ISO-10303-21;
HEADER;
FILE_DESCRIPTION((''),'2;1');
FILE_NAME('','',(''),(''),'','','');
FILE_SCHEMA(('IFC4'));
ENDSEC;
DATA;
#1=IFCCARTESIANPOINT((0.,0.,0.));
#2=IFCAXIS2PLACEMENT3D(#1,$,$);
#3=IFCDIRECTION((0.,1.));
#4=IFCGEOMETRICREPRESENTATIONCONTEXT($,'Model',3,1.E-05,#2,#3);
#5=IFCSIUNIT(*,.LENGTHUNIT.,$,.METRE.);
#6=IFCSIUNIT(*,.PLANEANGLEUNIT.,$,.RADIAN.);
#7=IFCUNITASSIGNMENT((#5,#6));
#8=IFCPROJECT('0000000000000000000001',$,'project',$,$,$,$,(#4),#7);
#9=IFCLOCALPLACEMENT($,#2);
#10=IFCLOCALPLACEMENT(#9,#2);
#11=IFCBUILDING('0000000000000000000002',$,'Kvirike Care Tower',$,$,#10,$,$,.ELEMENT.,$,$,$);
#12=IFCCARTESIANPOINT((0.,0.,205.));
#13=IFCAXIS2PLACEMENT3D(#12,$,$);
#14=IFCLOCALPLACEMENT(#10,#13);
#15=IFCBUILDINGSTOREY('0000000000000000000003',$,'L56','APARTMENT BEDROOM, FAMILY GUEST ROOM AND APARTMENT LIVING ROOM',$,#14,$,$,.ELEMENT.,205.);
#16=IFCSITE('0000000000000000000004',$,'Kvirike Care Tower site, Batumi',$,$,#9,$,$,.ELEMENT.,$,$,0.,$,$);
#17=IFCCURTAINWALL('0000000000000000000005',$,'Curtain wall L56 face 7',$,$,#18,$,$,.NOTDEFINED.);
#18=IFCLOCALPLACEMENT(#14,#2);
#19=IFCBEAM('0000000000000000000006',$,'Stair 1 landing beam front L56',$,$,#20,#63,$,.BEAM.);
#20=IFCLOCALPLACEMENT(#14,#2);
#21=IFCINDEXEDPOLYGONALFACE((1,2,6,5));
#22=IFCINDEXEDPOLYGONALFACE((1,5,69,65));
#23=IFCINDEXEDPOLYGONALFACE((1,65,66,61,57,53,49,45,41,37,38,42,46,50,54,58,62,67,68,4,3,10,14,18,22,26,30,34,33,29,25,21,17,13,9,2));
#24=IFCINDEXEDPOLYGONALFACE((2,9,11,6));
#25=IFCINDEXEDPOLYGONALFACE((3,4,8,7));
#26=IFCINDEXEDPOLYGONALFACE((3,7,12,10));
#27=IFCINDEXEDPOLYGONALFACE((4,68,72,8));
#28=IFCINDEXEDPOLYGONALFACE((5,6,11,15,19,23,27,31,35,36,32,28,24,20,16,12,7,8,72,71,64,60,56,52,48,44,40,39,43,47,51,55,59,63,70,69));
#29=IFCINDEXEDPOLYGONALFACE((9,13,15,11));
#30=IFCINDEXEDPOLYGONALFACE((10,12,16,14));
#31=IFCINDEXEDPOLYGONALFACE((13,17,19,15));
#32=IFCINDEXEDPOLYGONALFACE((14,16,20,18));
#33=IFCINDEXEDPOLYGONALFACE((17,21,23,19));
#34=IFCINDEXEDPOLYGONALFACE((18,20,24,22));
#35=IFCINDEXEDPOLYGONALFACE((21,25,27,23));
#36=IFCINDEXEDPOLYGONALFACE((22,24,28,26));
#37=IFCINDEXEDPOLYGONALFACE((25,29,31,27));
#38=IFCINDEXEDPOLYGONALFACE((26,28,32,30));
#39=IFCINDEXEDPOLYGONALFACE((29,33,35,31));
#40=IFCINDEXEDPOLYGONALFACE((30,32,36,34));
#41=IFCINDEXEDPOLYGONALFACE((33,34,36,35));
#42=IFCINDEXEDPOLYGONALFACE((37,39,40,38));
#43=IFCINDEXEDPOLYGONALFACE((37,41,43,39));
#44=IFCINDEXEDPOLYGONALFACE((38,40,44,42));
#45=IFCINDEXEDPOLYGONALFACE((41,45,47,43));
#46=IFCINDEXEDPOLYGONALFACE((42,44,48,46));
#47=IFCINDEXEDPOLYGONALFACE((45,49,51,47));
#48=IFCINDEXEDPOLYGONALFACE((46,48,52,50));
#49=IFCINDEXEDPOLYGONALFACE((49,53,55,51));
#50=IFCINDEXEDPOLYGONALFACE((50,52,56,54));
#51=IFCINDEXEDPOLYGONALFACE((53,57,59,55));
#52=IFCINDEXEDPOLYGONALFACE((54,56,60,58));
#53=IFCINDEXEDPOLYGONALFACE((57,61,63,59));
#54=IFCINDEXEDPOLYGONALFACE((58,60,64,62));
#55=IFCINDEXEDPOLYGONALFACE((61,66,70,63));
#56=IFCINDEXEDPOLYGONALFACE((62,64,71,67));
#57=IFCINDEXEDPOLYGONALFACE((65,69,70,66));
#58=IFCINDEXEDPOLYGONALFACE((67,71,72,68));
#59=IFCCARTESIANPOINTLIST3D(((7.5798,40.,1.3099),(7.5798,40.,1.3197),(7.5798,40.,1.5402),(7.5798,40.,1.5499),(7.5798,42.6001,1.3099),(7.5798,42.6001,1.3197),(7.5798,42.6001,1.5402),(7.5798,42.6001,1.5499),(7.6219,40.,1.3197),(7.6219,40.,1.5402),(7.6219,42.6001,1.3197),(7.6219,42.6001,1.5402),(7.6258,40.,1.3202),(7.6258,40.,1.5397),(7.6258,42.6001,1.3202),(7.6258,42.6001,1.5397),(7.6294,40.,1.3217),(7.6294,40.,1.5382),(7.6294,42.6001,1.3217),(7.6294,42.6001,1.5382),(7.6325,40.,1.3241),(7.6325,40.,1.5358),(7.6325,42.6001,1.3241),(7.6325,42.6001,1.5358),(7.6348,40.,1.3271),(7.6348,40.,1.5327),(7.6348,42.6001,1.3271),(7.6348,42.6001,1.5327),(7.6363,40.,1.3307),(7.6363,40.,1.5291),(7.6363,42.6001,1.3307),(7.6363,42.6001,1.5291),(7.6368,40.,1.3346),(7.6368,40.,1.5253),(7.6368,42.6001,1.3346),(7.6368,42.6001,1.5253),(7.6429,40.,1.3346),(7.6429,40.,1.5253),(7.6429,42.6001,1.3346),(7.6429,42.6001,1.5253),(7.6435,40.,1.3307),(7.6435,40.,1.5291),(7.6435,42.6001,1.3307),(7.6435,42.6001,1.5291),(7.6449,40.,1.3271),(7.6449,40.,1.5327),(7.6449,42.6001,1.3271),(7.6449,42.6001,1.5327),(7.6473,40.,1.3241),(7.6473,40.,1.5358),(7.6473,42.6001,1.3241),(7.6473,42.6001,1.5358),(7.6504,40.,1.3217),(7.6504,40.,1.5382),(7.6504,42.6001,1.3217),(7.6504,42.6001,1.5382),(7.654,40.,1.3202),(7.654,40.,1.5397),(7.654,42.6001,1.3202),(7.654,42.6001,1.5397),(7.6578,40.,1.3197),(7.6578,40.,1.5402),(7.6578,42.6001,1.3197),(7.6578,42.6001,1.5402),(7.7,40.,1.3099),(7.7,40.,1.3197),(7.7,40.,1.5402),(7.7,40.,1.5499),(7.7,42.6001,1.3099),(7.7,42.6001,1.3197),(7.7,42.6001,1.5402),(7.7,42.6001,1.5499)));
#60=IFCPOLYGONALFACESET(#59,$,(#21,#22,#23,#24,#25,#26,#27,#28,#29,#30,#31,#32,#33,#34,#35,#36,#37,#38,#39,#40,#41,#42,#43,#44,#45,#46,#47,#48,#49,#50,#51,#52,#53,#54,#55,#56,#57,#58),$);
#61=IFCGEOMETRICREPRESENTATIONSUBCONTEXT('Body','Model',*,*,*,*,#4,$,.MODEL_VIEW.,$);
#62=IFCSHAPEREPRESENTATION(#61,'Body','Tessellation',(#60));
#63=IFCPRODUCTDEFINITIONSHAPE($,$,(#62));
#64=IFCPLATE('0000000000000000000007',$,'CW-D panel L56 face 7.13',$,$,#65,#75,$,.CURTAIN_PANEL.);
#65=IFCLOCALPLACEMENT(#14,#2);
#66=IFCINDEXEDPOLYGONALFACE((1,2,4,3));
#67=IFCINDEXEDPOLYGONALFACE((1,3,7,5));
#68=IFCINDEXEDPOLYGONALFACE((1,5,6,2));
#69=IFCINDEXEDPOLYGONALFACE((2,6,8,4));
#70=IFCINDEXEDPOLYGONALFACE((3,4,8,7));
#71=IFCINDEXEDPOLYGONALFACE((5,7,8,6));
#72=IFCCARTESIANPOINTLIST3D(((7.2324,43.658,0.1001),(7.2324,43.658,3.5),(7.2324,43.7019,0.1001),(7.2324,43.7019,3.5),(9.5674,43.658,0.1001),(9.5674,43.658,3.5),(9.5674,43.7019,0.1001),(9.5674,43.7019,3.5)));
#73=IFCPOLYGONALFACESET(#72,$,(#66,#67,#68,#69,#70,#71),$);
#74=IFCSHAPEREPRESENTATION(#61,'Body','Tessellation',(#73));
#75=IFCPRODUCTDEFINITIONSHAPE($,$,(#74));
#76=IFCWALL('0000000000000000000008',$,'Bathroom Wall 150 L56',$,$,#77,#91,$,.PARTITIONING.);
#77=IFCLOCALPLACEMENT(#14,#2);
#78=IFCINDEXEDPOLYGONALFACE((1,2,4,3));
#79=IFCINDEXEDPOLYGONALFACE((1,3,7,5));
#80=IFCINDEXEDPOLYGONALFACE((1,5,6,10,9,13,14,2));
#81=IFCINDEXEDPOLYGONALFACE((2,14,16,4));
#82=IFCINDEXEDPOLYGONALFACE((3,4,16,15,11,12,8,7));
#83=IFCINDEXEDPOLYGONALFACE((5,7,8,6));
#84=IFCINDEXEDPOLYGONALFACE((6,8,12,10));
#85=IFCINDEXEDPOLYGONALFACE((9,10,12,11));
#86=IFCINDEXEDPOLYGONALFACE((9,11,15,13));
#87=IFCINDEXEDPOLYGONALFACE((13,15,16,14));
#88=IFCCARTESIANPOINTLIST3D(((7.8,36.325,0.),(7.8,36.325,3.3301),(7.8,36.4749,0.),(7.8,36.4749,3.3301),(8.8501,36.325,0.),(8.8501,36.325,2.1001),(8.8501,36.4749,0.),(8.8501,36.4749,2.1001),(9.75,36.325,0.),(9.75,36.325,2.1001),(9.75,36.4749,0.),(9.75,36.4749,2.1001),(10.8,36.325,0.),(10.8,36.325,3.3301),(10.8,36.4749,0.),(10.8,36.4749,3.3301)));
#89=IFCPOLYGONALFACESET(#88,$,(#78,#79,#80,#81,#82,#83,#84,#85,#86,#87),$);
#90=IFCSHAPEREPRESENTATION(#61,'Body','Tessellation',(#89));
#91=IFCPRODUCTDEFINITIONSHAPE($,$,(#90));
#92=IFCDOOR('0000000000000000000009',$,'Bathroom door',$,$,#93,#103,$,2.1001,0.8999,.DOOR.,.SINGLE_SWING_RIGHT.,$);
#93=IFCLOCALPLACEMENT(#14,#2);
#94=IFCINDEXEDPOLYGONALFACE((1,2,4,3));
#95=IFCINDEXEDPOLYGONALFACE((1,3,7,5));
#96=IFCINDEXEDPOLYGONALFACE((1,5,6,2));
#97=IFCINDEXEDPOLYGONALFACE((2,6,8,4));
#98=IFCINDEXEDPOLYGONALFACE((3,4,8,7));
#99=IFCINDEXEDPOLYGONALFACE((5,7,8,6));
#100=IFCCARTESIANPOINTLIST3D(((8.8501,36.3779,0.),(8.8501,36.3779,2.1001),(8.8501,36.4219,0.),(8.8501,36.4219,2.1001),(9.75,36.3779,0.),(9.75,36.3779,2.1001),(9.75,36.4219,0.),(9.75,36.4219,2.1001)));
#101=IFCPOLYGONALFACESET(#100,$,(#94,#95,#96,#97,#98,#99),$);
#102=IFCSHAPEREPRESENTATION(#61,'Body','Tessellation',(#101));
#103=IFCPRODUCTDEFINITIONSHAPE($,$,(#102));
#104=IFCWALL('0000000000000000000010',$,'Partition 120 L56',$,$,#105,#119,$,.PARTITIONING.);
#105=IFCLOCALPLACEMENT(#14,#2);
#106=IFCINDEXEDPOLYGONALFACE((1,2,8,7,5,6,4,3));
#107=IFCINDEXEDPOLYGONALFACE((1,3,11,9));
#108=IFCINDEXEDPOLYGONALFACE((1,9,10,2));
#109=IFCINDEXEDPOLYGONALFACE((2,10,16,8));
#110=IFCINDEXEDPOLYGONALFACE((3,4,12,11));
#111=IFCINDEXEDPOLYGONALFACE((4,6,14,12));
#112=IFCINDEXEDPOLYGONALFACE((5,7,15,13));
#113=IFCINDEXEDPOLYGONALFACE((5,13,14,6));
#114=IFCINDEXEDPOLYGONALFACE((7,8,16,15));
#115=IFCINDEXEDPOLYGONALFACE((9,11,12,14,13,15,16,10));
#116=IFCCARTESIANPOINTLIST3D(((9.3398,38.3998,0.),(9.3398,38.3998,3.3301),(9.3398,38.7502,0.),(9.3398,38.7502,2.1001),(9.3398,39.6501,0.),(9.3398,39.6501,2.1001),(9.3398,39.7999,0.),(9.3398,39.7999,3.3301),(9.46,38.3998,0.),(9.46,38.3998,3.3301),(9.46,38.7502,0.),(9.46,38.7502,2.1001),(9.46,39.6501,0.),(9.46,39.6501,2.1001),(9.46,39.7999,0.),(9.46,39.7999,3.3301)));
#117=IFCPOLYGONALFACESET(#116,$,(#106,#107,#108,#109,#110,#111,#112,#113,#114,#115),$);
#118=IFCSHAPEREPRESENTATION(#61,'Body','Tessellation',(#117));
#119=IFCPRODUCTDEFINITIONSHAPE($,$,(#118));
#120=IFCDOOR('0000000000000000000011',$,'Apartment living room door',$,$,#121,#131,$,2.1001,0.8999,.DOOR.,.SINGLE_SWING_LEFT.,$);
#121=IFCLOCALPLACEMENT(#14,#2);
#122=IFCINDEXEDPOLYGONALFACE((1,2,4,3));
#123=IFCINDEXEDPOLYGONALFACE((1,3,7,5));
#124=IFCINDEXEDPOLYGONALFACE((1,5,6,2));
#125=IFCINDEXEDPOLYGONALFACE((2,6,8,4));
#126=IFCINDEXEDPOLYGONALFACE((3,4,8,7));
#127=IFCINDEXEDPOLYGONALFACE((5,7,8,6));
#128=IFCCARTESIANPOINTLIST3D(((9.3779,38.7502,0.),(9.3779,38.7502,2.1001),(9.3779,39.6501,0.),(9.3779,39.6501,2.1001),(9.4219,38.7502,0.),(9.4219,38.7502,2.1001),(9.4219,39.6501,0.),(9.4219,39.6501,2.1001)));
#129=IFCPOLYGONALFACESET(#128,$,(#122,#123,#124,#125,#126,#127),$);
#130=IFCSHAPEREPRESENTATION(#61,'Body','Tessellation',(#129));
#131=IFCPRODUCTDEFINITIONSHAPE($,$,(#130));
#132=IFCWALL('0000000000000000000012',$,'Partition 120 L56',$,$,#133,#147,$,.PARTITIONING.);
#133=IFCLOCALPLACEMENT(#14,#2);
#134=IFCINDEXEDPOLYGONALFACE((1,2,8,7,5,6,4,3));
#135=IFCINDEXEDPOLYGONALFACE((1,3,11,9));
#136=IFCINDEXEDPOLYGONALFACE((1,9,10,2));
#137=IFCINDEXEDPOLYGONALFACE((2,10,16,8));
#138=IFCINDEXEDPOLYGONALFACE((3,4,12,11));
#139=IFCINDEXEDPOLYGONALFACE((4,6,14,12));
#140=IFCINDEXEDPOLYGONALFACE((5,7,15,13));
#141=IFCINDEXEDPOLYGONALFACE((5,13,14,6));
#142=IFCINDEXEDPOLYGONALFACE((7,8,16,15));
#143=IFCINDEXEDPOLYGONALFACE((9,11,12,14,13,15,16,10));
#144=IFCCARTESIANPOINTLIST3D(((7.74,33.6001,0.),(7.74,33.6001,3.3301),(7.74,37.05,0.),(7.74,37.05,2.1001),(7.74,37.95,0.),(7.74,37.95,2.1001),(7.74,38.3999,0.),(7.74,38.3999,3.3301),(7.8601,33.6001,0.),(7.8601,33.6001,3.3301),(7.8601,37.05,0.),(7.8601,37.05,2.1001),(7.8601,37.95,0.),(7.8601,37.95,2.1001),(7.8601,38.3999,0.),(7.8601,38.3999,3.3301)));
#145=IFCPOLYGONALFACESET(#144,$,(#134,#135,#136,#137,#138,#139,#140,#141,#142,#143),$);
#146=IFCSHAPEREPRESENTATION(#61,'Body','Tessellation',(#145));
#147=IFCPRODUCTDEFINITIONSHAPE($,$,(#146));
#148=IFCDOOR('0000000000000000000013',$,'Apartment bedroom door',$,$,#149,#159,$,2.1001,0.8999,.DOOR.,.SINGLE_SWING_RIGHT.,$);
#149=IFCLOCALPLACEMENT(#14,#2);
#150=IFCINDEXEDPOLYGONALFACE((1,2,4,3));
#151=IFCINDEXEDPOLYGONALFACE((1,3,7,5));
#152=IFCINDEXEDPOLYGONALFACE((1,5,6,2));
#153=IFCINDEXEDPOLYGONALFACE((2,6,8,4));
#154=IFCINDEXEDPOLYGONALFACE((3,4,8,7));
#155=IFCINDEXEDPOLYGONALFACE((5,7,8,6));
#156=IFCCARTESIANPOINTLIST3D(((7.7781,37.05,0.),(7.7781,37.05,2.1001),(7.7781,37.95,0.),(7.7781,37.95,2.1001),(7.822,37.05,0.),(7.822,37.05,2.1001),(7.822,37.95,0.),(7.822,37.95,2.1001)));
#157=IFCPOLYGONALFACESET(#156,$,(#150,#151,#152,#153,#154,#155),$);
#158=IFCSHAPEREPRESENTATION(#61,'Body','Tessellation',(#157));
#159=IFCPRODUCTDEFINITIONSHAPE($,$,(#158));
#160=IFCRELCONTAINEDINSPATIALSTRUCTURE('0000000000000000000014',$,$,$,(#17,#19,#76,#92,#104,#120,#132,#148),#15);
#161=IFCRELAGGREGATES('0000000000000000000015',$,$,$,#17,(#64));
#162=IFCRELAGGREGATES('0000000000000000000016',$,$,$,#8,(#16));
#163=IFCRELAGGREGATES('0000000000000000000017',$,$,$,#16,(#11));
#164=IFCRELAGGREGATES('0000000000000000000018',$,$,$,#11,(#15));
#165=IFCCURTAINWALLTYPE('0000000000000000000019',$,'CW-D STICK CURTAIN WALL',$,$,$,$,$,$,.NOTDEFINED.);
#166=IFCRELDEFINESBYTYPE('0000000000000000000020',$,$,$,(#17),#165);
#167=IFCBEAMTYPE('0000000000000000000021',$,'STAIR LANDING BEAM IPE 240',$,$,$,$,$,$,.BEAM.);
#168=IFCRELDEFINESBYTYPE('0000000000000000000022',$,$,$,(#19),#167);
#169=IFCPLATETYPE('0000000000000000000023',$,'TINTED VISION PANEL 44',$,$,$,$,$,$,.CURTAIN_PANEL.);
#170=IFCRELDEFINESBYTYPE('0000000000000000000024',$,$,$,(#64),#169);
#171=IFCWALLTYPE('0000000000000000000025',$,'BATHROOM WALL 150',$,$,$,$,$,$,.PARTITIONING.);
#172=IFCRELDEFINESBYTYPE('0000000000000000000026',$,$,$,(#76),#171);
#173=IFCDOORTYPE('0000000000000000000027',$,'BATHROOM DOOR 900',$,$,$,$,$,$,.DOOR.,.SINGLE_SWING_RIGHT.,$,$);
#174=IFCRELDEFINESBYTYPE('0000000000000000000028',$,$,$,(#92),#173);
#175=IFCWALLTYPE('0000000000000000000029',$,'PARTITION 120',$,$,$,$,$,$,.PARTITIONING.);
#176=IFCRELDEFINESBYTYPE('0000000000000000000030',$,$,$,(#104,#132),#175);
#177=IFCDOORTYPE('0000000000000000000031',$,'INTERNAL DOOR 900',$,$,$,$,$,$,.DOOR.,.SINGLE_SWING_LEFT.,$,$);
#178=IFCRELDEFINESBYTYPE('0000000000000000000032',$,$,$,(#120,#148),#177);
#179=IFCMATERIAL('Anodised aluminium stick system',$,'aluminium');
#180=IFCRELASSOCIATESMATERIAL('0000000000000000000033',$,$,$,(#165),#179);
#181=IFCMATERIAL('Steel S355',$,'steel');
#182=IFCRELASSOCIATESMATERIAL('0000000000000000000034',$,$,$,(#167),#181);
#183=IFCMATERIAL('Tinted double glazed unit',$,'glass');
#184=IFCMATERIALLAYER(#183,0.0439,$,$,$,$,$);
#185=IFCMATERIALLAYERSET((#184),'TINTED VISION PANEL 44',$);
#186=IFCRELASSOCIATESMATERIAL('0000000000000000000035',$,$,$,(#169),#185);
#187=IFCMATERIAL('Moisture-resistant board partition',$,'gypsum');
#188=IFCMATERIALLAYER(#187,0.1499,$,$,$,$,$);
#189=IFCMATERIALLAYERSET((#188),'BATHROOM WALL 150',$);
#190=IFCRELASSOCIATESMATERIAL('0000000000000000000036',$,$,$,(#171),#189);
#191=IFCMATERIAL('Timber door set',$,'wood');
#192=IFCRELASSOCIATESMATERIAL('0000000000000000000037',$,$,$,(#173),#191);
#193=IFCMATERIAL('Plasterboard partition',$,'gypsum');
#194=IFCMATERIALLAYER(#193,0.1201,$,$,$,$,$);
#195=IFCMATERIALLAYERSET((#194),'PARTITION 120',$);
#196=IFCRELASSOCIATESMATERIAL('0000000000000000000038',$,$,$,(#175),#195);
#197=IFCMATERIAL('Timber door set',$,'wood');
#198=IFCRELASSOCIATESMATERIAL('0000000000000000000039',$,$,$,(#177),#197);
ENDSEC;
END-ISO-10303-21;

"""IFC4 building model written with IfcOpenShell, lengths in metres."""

from ifc_helpers import new_model, si_unit, direction, frame, frame_2d, origin, origin_2d, place, context, subcontext, project, spatial, rectangle, i_section, extrude, material, layer, layer_set, material_profile, profile_set, type_object, element, fill, aggregate, save


model = new_model("IFC4")

# Units and contexts
model_context = context("Model", 3, precision=1e-05, world=origin(), true_north=direction((0.0, 1.0)))
body_context = subcontext(model_context, "Body", "Model", "MODEL_VIEW")
ifc_project = project(units=[si_unit("LENGTHUNIT", "METRE"), si_unit("PLANEANGLEUNIT", "RADIAN")], contexts=[model_context])

# Site, building, storey
site_placement = place(None, origin())
site = spatial("IfcSite", under=ifc_project, at=site_placement, Name="Kvirike Care Tower site, Batumi", CompositionType="ELEMENT", RefElevation=0.0)
building_placement = place(site_placement, origin())
building = spatial("IfcBuilding", under=site, at=building_placement, Name="Kvirike Care Tower", CompositionType="ELEMENT")
storey_placement = place(building_placement, frame((0.0, 0.0, 205.0)))
storey = spatial("IfcBuildingStorey", under=building, at=storey_placement, Name="L56", Description="APARTMENT BEDROOM, FAMILY GUEST ROOM AND APARTMENT LIVING ROOM", CompositionType="ELEMENT", Elevation=205.0)

# Curtain wall
ifc_material_1 = material(Name="Anodised aluminium stick system", Category="aluminium")
curtain_wall_type = type_object("IfcCurtainWallType", Name="CW-D STICK CURTAIN WALL", PredefinedType="NOTDEFINED", material=ifc_material_1)
curtain_wall_placement = place(storey_placement, origin())
curtain_wall = element("IfcCurtainWall", 1, at=curtain_wall_placement, inside=storey, type_object=curtain_wall_type, Name="Curtain wall L56 face 7", PredefinedType="NOTDEFINED")

# Beam
ifc_material_2 = material(Name="Steel S355", Category="steel")
ifc_material_profile_1 = material_profile(ifc_material_2, i_section(OverallWidth=0.1201, OverallDepth=0.24, WebThickness=0.0061, FlangeThickness=0.0098, FilletRadius=0.0149, at=origin_2d()), Name="IPE 240")
ifc_profile_set_1 = profile_set([ifc_material_profile_1], Name="Steel S355")
beam_type_1 = type_object("IfcBeamType", Name="STAIR LANDING BEAM IPE 240", PredefinedType="BEAM", material=ifc_profile_set_1)
beam_1_placement = place(storey_placement, frame((7.6399, 42.6001, 1.4299), z_axis=(0.0, -1.0, 0.0), x_axis=(1.0, 0.0, 0.0)))
element("IfcBeam", 2, at=beam_1_placement, inside=storey, type_object=beam_type_1, Name="Stair 1 landing beam front L56", PredefinedType="BEAM", context=body_context, shape_type="SweptSolid", body=[
    extrude(i_section(OverallWidth=0.1201, OverallDepth=0.24, WebThickness=0.0061, FlangeThickness=0.0098, FilletRadius=0.0149, at=origin_2d()), origin(), (0.0, 0.0, 1.0), 2.6001),
])

# Plate
ifc_material_3 = material(Name="Tinted double glazed unit", Category="glass")
ifc_layer_1 = layer(ifc_material_3, 0.0439)
ifc_layer_set_1 = layer_set([ifc_layer_1], Name="TINTED VISION PANEL 44")
plate_type = type_object("IfcPlateType", Name="TINTED VISION PANEL 44", PredefinedType="CURTAIN_PANEL", material=ifc_layer_set_1)
plate_placement = place(storey_placement, frame((8.3999, 43.6799, 0.1001), z_axis=(0.0, 0.0, 1.0), x_axis=(-1.0, 0.0, 0.0)))
plate = element("IfcPlate", 3, at=plate_placement, type_object=plate_type, Name="CW-D panel L56 face 7.13", PredefinedType="CURTAIN_PANEL", context=body_context, shape_type="SweptSolid", body=[
    extrude(rectangle(XDim=2.335, YDim=0.0439, at=origin_2d()), origin(), (0.0, 0.0, 1.0), 3.3999),
])
aggregate(curtain_wall, [plate])

# Walls, openings, doors
ifc_material_4 = material(Name="Moisture-resistant board partition", Category="gypsum")
ifc_layer_2 = layer(ifc_material_4, 0.1499)
ifc_layer_set_2 = layer_set([ifc_layer_2], Name="BATHROOM WALL 150")
wall_type_1 = type_object("IfcWallType", Name="BATHROOM WALL 150", PredefinedType="PARTITIONING", material=ifc_layer_set_2)
wall_1_placement = place(storey_placement, frame((7.8, 36.3999, 0.0), z_axis=(0.0, 0.0, 1.0), x_axis=(1.0, 0.0, 0.0)))
wall_1 = element("IfcWall", 4, at=wall_1_placement, inside=storey, type_object=wall_type_1, Name="Bathroom Wall 150 L56", PredefinedType="PARTITIONING", context=body_context, shape_type="SweptSolid", body=[
    extrude(rectangle(XDim=3.0, YDim=0.1499, at=frame_2d((1.5, 0.0))), origin(), (0.0, 0.0, 1.0), 3.3301),
])
opening_1_placement = place(wall_1_placement, frame((1.05, 0.0, 0.0)))
opening_1 = element("IfcOpeningElement", 5, at=opening_1_placement, cuts=wall_1, PredefinedType="OPENING", context=body_context, shape_type="SweptSolid", body=[
    extrude(rectangle(XDim=0.8999, YDim=2.1001, at=frame_2d((0.45, 1.05))), frame((0.0, 0.0854, 0.0), z_axis=(0.0, -1.0, 0.0), x_axis=(1.0, 0.0, 0.0)), (0.0, 0.0, 1.0), 0.1709),
])
ifc_material_5 = material(Name="Timber door set", Category="wood")
door_type_1 = type_object("IfcDoorType", Name="BATHROOM DOOR 900", OperationType="SINGLE_SWING_RIGHT", PredefinedType="DOOR", material=ifc_material_5)
door_1_placement = place(opening_1_placement, frame((0.8999, 0.0, 0.0), z_axis=(0.0, 0.0, 1.0), x_axis=(-1.0, 0.0, 0.0)))
door_1 = element("IfcDoor", 6, at=door_1_placement, inside=storey, type_object=door_type_1, Name="Bathroom door", OperationType="SINGLE_SWING_RIGHT", OverallHeight=2.1001, OverallWidth=0.8999, PredefinedType="DOOR", context=body_context, shape_type="SweptSolid", body=[
    extrude(rectangle(XDim=0.8999, YDim=2.1001, at=frame_2d((0.45, 1.05))), frame((0.0, 0.022, 0.0), z_axis=(0.0, -1.0, 0.0), x_axis=(1.0, 0.0, 0.0)), (0.0, 0.0, 1.0), 0.0439),
])
fill(opening_1, door_1)
ifc_material_6 = material(Name="Plasterboard partition", Category="gypsum")
ifc_layer_3 = layer(ifc_material_6, 0.1201)
ifc_layer_set_3 = layer_set([ifc_layer_3], Name="PARTITION 120")
wall_type_2 = type_object("IfcWallType", Name="PARTITION 120", PredefinedType="PARTITIONING", material=ifc_layer_set_3)
wall_2_placement = place(storey_placement, frame((9.3999, 39.8, 0.0), z_axis=(0.0, 0.0, 1.0), x_axis=(0.0, -1.0, 0.0)))
wall_2 = element("IfcWall", 7, at=wall_2_placement, inside=storey, type_object=wall_type_2, Name="Partition 120 L56", PredefinedType="PARTITIONING", context=body_context, shape_type="SweptSolid", body=[
    extrude(rectangle(XDim=1.4001, YDim=0.1201, at=frame_2d((0.7002, 0.0))), origin(), (0.0, 0.0, 1.0), 3.3301),
])
opening_2_placement = place(wall_2_placement, frame((0.1499, 0.0, 0.0)))
opening_2 = element("IfcOpeningElement", 8, at=opening_2_placement, cuts=wall_2, PredefinedType="OPENING", context=body_context, shape_type="SweptSolid", body=[
    extrude(rectangle(XDim=0.8999, YDim=2.1001, at=frame_2d((0.45, 1.05))), frame((0.0, 0.0706, 0.0), z_axis=(0.0, -1.0, 0.0), x_axis=(1.0, 0.0, 0.0)), (0.0, 0.0, 1.0), 0.1411),
])
ifc_material_7 = material(Name="Timber door set", Category="wood")
door_type_2 = type_object("IfcDoorType", Name="INTERNAL DOOR 900", OperationType="SINGLE_SWING_LEFT", PredefinedType="DOOR", material=ifc_material_7)
door_2_placement = place(opening_2_placement, frame((0.8999, 0.0, 0.0), z_axis=(0.0, 0.0, 1.0), x_axis=(-1.0, 0.0, 0.0)))
door_2 = element("IfcDoor", 9, at=door_2_placement, inside=storey, type_object=door_type_2, Name="Apartment living room door", OperationType="SINGLE_SWING_LEFT", OverallHeight=2.1001, OverallWidth=0.8999, PredefinedType="DOOR", context=body_context, shape_type="SweptSolid", body=[
    extrude(rectangle(XDim=0.8999, YDim=2.1001, at=frame_2d((0.45, 1.05))), frame((0.0, 0.022, 0.0), z_axis=(0.0, -1.0, 0.0), x_axis=(1.0, 0.0, 0.0)), (0.0, 0.0, 1.0), 0.0439),
])
fill(opening_2, door_2)
wall_3_placement = place(storey_placement, frame((7.8, 38.3999, 0.0), z_axis=(0.0, 0.0, 1.0), x_axis=(0.0, -1.0, 0.0)))
wall_3 = element("IfcWall", 10, at=wall_3_placement, inside=storey, type_object=wall_type_2, Name="Partition 120 L56", PredefinedType="PARTITIONING", context=body_context, shape_type="SweptSolid", body=[
    extrude(rectangle(XDim=4.7998, YDim=0.1201, at=frame_2d((2.3999, 0.0))), origin(), (0.0, 0.0, 1.0), 3.3301),
])
opening_3_placement = place(wall_3_placement, frame((0.45, 0.0, 0.0)))
opening_3 = element("IfcOpeningElement", 11, at=opening_3_placement, cuts=wall_3, PredefinedType="OPENING", context=body_context, shape_type="SweptSolid", body=[
    extrude(rectangle(XDim=0.8999, YDim=2.1001, at=frame_2d((0.45, 1.05))), frame((0.0, 0.0706, 0.0), z_axis=(0.0, -1.0, 0.0), x_axis=(1.0, 0.0, 0.0)), (0.0, 0.0, 1.0), 0.1411),
])
door_3_placement = place(opening_3_placement, origin())
door_3 = element("IfcDoor", 12, at=door_3_placement, inside=storey, type_object=door_type_2, Name="Apartment bedroom door", OperationType="SINGLE_SWING_RIGHT", OverallHeight=2.1001, OverallWidth=0.8999, PredefinedType="DOOR", context=body_context, shape_type="SweptSolid", body=[
    extrude(rectangle(XDim=0.8999, YDim=2.1001, at=frame_2d((0.45, 1.05))), frame((0.0, 0.022, 0.0), z_axis=(0.0, -1.0, 0.0), x_axis=(1.0, 0.0, 0.0)), (0.0, 0.0, 1.0), 0.0439),
])
fill(opening_3, door_3)

save(model, "model.ifc")
